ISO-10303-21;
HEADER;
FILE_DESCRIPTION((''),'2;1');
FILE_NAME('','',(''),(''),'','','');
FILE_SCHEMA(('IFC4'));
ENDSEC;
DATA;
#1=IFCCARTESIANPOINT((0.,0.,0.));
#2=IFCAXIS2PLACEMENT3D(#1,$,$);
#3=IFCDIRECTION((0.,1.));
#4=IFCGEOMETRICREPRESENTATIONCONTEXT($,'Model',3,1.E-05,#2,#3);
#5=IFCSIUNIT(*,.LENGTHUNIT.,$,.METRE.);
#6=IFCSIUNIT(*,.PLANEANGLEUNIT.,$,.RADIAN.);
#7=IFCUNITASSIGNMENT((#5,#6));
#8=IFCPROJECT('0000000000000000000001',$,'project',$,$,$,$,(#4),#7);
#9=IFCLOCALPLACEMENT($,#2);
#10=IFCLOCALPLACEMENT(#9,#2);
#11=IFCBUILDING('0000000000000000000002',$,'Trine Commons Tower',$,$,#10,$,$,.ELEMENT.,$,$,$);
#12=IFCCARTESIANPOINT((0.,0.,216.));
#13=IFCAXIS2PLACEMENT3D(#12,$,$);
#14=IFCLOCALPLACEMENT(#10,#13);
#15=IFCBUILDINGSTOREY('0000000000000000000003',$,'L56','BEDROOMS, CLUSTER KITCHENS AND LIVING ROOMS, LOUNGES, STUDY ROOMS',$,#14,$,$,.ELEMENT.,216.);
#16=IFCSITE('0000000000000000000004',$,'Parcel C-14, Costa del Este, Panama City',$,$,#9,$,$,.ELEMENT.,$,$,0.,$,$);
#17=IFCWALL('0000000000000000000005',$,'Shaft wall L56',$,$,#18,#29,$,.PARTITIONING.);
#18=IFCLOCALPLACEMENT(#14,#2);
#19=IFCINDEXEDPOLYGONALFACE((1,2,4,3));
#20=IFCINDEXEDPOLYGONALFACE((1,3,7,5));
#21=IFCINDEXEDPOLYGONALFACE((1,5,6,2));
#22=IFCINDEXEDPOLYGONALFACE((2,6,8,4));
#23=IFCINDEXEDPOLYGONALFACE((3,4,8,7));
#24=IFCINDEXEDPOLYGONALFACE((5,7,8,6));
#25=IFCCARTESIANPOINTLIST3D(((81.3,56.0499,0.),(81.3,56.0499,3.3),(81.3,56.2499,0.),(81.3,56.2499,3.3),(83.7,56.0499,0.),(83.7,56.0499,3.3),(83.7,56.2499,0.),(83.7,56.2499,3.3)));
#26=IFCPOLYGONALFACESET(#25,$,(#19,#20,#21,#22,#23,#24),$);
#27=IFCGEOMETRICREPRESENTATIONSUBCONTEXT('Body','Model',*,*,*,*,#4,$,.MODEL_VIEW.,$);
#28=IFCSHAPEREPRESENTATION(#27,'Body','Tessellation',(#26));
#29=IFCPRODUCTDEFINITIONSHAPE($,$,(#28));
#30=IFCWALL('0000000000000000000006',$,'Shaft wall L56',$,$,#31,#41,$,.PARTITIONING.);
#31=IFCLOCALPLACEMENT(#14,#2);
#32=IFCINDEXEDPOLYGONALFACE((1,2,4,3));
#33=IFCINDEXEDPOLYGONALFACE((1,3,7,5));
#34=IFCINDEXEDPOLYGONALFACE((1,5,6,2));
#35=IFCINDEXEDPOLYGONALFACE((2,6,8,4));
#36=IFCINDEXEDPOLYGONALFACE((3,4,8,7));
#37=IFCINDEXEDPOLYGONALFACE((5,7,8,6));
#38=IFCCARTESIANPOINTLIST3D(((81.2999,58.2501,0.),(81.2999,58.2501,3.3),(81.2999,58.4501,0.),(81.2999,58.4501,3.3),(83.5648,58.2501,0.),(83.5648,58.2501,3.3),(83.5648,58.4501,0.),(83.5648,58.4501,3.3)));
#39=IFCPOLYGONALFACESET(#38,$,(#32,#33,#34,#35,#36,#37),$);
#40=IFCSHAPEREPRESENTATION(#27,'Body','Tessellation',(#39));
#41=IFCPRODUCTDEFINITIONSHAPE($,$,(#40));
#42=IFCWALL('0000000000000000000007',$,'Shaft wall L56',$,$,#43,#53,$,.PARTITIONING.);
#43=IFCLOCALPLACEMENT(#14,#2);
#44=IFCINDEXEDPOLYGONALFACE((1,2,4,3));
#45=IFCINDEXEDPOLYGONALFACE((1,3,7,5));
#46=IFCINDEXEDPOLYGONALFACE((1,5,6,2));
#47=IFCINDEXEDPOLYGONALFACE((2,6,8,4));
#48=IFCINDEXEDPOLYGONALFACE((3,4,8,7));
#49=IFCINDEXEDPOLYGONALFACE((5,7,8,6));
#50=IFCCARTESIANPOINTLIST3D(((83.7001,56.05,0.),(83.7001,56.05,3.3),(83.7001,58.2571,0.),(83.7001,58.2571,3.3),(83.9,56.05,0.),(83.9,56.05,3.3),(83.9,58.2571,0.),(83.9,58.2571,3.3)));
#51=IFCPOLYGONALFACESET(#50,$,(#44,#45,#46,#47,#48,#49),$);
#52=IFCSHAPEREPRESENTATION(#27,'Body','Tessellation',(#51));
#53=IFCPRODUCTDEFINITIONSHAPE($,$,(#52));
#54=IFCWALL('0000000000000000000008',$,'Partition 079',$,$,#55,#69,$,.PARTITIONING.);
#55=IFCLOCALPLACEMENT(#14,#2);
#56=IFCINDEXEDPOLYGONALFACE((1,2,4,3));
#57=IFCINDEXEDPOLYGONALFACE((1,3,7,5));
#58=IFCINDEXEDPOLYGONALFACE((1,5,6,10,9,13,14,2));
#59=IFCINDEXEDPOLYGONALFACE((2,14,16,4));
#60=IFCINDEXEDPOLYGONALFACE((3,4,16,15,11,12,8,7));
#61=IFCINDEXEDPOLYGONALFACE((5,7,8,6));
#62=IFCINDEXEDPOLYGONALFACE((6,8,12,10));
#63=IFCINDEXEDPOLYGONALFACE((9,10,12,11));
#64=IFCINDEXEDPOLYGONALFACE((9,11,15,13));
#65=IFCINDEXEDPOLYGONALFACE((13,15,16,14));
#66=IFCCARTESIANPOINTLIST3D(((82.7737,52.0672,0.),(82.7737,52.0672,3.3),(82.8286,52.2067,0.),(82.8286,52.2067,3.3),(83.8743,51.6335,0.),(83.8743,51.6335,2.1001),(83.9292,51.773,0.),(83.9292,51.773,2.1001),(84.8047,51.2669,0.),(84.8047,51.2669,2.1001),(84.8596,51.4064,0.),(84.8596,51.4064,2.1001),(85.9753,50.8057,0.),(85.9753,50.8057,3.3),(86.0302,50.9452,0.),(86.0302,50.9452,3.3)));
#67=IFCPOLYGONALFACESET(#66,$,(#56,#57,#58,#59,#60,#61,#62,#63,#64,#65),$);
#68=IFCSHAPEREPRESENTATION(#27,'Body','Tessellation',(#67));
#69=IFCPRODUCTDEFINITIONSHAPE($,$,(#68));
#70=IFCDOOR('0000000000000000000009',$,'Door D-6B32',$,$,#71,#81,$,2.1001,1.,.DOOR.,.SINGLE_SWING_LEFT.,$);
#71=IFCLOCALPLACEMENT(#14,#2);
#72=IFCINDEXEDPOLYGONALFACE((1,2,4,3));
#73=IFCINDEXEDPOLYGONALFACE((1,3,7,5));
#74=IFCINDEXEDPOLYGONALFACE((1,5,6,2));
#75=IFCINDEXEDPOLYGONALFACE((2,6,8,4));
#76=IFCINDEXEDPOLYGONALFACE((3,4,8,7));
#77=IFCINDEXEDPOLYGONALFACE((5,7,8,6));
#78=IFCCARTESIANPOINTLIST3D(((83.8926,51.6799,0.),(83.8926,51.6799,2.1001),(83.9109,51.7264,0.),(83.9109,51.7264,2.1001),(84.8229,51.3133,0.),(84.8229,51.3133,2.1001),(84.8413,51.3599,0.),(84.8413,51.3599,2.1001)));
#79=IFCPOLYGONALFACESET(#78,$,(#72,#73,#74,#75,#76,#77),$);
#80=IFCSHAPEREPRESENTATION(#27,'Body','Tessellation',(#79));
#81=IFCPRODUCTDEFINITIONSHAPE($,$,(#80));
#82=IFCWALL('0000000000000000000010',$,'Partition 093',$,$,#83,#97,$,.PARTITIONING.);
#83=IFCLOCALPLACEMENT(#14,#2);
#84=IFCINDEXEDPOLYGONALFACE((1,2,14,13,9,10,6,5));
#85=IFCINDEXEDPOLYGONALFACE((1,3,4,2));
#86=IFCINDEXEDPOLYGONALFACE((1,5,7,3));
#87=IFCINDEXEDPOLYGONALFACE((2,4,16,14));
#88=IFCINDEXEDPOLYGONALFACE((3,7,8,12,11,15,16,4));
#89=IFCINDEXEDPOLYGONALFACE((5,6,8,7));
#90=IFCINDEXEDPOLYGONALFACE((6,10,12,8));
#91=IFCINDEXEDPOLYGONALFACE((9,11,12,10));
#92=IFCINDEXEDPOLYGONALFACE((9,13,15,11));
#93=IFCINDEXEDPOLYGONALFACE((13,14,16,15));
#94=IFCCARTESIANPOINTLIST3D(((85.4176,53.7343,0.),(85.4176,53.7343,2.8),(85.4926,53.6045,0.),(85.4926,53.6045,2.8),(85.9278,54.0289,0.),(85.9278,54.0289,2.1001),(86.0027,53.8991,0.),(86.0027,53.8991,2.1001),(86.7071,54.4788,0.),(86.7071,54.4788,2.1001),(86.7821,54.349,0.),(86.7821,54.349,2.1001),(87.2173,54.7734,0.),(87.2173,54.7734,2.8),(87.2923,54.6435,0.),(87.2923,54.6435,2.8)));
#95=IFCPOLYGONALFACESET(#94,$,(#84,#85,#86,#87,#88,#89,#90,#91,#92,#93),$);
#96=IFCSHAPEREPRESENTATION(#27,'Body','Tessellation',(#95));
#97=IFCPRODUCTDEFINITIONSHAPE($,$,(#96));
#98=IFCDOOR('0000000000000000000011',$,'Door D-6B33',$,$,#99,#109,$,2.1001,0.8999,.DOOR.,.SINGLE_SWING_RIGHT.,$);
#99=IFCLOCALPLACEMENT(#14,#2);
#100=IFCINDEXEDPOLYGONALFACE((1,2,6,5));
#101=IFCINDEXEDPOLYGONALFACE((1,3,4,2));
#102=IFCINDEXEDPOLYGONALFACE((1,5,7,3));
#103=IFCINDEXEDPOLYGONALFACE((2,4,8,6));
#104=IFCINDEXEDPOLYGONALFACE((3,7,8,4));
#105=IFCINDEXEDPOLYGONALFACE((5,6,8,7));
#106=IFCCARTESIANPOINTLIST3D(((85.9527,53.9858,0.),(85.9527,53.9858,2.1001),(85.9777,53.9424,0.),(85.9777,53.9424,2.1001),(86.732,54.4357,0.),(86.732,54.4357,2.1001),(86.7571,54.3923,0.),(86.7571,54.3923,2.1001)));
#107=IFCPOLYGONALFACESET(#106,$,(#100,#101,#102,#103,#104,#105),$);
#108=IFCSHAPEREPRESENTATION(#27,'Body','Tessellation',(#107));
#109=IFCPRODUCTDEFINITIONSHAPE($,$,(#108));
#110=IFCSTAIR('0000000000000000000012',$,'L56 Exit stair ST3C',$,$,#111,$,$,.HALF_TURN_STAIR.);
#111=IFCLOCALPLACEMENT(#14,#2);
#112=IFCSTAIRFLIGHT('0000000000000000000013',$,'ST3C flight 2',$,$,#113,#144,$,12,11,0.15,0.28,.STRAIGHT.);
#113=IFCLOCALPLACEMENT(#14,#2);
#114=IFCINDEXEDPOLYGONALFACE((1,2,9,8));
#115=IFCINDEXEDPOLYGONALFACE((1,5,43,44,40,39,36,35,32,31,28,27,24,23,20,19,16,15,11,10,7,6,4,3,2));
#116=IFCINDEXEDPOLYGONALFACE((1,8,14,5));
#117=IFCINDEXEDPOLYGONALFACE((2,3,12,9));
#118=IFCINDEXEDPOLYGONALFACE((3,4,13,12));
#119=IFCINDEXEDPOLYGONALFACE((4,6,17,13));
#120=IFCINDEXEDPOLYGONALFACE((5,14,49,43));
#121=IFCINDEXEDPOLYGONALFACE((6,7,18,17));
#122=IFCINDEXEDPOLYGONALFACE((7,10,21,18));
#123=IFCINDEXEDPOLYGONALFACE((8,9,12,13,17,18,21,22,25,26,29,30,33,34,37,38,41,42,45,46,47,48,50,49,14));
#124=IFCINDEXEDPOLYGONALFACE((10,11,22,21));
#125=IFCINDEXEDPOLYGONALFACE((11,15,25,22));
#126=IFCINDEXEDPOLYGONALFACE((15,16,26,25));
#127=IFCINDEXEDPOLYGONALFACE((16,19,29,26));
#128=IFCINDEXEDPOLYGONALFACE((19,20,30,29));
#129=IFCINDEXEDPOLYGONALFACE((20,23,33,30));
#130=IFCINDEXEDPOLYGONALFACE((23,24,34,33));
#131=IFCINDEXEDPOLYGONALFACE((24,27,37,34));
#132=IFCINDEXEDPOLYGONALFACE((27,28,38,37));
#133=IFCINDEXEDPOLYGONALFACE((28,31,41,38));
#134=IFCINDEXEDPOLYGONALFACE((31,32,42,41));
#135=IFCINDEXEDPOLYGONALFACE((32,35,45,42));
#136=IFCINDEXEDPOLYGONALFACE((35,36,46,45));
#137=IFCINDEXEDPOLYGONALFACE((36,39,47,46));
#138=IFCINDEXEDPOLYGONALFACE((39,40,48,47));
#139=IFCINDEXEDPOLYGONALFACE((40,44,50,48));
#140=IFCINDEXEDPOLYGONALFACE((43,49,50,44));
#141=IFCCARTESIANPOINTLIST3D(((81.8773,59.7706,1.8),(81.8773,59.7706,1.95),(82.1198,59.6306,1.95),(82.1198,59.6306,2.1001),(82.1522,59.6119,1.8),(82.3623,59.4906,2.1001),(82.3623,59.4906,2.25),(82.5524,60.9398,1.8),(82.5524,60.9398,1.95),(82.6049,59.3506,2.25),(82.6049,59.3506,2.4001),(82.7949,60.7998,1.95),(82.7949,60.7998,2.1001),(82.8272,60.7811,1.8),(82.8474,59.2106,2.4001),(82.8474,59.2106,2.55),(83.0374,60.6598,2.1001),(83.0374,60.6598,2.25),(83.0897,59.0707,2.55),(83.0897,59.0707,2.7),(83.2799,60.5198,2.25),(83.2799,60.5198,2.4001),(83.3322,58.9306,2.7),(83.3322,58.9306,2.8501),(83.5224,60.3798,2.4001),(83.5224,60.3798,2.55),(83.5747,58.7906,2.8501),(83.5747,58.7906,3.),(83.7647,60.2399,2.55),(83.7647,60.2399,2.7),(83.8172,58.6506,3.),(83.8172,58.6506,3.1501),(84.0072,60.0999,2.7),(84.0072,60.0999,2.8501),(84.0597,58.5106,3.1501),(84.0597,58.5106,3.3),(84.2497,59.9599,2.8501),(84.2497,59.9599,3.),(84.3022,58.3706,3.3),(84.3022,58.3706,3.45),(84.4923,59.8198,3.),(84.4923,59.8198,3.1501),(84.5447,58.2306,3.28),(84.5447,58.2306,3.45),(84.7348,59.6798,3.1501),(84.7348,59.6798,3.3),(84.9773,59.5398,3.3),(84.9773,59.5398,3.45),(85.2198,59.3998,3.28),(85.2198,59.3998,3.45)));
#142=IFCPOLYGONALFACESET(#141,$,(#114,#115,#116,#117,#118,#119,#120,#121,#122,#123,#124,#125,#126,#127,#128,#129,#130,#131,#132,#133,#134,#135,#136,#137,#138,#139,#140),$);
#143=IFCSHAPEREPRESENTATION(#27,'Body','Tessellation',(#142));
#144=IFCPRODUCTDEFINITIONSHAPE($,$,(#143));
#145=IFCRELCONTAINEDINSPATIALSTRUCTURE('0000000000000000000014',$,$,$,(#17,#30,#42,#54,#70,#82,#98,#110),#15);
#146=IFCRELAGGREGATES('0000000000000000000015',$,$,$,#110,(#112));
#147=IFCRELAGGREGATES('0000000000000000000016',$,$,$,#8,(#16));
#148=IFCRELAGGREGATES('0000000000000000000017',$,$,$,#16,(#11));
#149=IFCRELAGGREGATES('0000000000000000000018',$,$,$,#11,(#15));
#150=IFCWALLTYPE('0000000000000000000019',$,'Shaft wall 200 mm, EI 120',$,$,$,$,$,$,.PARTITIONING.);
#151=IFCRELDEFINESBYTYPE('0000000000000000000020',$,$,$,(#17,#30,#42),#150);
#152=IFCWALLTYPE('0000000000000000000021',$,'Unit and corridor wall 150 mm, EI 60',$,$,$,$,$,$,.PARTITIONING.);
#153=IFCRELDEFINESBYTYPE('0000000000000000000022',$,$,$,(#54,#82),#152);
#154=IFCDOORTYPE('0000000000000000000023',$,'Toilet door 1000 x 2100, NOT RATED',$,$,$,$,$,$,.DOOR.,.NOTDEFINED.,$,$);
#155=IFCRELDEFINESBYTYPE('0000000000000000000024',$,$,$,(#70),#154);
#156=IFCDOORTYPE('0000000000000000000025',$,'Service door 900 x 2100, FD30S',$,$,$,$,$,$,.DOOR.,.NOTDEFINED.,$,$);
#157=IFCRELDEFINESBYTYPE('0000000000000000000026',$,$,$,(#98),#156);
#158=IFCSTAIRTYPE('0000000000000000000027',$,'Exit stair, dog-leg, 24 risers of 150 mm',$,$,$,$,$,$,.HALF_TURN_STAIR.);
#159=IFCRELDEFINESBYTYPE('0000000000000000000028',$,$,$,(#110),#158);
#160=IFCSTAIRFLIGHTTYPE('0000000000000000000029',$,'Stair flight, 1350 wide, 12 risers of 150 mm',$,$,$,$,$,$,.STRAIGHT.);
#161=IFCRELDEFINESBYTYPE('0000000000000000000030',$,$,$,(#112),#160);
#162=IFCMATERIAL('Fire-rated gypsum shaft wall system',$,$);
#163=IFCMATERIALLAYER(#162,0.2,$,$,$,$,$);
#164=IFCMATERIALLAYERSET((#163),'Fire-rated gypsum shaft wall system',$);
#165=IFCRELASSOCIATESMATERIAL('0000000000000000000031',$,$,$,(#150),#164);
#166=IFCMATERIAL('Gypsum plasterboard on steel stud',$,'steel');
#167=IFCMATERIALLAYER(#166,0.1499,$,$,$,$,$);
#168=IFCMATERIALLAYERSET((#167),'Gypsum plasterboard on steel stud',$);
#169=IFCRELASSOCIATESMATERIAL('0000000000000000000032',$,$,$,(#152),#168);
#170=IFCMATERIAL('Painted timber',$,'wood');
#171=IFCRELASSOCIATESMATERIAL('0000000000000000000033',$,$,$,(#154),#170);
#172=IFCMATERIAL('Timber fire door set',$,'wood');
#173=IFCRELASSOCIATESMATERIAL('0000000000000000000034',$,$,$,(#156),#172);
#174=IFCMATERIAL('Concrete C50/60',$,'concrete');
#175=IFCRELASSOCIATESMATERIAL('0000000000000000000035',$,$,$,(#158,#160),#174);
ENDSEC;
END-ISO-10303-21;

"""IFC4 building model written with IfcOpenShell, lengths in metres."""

from ifc_helpers import new_model, si_unit, direction, frame, frame_2d, origin, place, context, subcontext, project, spatial, polyline, rectangle, outline, extrude, material, layer, layer_set, type_object, element, fill, aggregate, save


model = new_model("IFC4")

# Units and contexts
model_context = context("Model", 3, precision=1e-05, world=origin(), true_north=direction((0.0, 1.0)))
body_context = subcontext(model_context, "Body", "Model", "MODEL_VIEW")
ifc_project = project(units=[si_unit("LENGTHUNIT", "METRE"), si_unit("PLANEANGLEUNIT", "RADIAN")], contexts=[model_context])

# Site, building, storey
site_placement = place(None, origin())
site = spatial("IfcSite", under=ifc_project, at=site_placement, Name="Parcel C-14, Costa del Este, Panama City", CompositionType="ELEMENT", RefElevation=0.0)
building_placement = place(site_placement, origin())
building = spatial("IfcBuilding", under=site, at=building_placement, Name="Trine Commons Tower", CompositionType="ELEMENT")
storey_placement = place(building_placement, frame((0.0, 0.0, 216.0)))
storey = spatial("IfcBuildingStorey", under=building, at=storey_placement, Name="L56", Description="BEDROOMS, CLUSTER KITCHENS AND LIVING ROOMS, LOUNGES, STUDY ROOMS", CompositionType="ELEMENT", Elevation=216.0)

# Walls
ifc_material_1 = material(Name="Fire-rated gypsum shaft wall system")
ifc_layer_1 = layer(ifc_material_1, 0.2)
ifc_layer_set_1 = layer_set([ifc_layer_1], Name="Fire-rated gypsum shaft wall system")
wall_type_1 = type_object("IfcWallType", Name="Shaft wall 200 mm, EI 120", PredefinedType="PARTITIONING", material=ifc_layer_set_1)
wall_1_placement = place(storey_placement, frame((81.3, 56.1499, 0.0), z_axis=(0.0, 0.0, 1.0), x_axis=(1.0, 0.0, 0.0)))
element("IfcWall", 1, at=wall_1_placement, inside=storey, type_object=wall_type_1, Name="Shaft wall L56", PredefinedType="PARTITIONING", context=body_context, shape_type="SweptSolid", body=[
    extrude(rectangle(XDim=2.3999, YDim=0.2, at=frame_2d((1.2, 0.0))), origin(), (0.0, 0.0, 1.0), 3.3),
])
wall_2_placement = place(storey_placement, frame((81.3, 58.3501, 0.0), z_axis=(0.0, 0.0, 1.0), x_axis=(1.0, 0.0, 0.0)))
element("IfcWall", 2, at=wall_2_placement, inside=storey, type_object=wall_type_1, Name="Shaft wall L56", PredefinedType="PARTITIONING", context=body_context, shape_type="SweptSolid", body=[
    extrude(rectangle(XDim=2.2649, YDim=0.2, at=frame_2d((1.1323, 0.0))), origin(), (0.0, 0.0, 1.0), 3.3),
])
wall_3_placement = place(storey_placement, frame((83.8, 58.2571, 0.0), z_axis=(0.0, 0.0, 1.0), x_axis=(0.0, -1.0, 0.0)))
element("IfcWall", 3, at=wall_3_placement, inside=storey, type_object=wall_type_1, Name="Shaft wall L56", PredefinedType="PARTITIONING", context=body_context, shape_type="SweptSolid", body=[
    extrude(rectangle(XDim=2.207, YDim=0.2, at=frame_2d((1.1035, 0.0))), origin(), (0.0, 0.0, 1.0), 3.3),
])

# Walls, openings, doors
ifc_material_2 = material(Name="Gypsum plasterboard on steel stud", Category="steel")
ifc_layer_2 = layer(ifc_material_2, 0.1499)
ifc_layer_set_2 = layer_set([ifc_layer_2], Name="Gypsum plasterboard on steel stud")
wall_type_2 = type_object("IfcWallType", Name="Unit and corridor wall 150 mm, EI 60", PredefinedType="PARTITIONING", material=ifc_layer_set_2)
wall_4_placement = place(storey_placement, frame((82.801, 52.137, 0.0), z_axis=(0.0, 0.0, 1.0), x_axis=(0.930387, -0.366578, 0.0)))
wall_4 = element("IfcWall", 4, at=wall_4_placement, inside=storey, type_object=wall_type_2, Name="Partition 079", PredefinedType="PARTITIONING", context=body_context, shape_type="SweptSolid", body=[
    extrude(rectangle(XDim=3.4412, YDim=0.1499, at=frame_2d((1.7207, 0.0))), origin(), (0.0, 0.0, 1.0), 3.3),
])
opening_1_placement = place(wall_4_placement, frame((1.1831, 0.0, 0.0)))
opening_1 = element("IfcOpeningElement", 5, at=opening_1_placement, cuts=wall_4, PredefinedType="OPENING", context=body_context, shape_type="SweptSolid", body=[
    extrude(rectangle(XDim=1.0, YDim=2.1001, at=frame_2d((0.5, 1.05))), frame((0.0, 0.085, 0.0), z_axis=(0.0, -1.0, 0.0), x_axis=(1.0, 0.0, 0.0)), (0.0, 0.0, 1.0), 0.1699),
])
ifc_material_3 = material(Name="Painted timber", Category="wood")
door_type_1 = type_object("IfcDoorType", Name="Toilet door 1000 x 2100, NOT RATED", OperationType="NOTDEFINED", PredefinedType="DOOR", material=ifc_material_3)
door_1_placement = place(opening_1_placement, origin())
door_1 = element("IfcDoor", 6, at=door_1_placement, inside=storey, type_object=door_type_1, Name="Door D-6B32", OperationType="SINGLE_SWING_LEFT", OverallHeight=2.1001, OverallWidth=1.0, PredefinedType="DOOR", context=body_context, shape_type="SweptSolid", body=[
    extrude(rectangle(XDim=1.0, YDim=2.1001, at=frame_2d((0.5, 1.05))), frame((0.0, 0.0249, 0.0), z_axis=(0.0, -1.0, 0.0), x_axis=(1.0, 0.0, 0.0)), (0.0, 0.0, 1.0), 0.05),
])
fill(opening_1, door_1)
wall_5_placement = place(storey_placement, frame((85.4551, 53.6694, 0.0), z_axis=(0.0, 0.0, 1.0), x_axis=(0.866037, 0.49998, 0.0)))
wall_5 = element("IfcWall", 7, at=wall_5_placement, inside=storey, type_object=wall_type_2, Name="Partition 093", PredefinedType="PARTITIONING", context=body_context, shape_type="SweptSolid", body=[
    extrude(rectangle(XDim=2.0781, YDim=0.1499, at=frame_2d((1.0391, 0.0))), origin(), (0.0, 0.0, 1.0), 2.8),
])
opening_2_placement = place(wall_5_placement, frame((0.5891, 0.0, 0.0)))
opening_2 = element("IfcOpeningElement", 8, at=opening_2_placement, cuts=wall_5, PredefinedType="OPENING", context=body_context, shape_type="SweptSolid", body=[
    extrude(rectangle(XDim=0.8999, YDim=2.1001, at=frame_2d((0.45, 1.05))), frame((0.0, 0.085, 0.0), z_axis=(0.0, -1.0, 0.0), x_axis=(1.0, 0.0, 0.0)), (0.0, 0.0, 1.0), 0.1699),
])
ifc_material_4 = material(Name="Timber fire door set", Category="wood")
door_type_2 = type_object("IfcDoorType", Name="Service door 900 x 2100, FD30S", OperationType="NOTDEFINED", PredefinedType="DOOR", material=ifc_material_4)
door_2_placement = place(opening_2_placement, frame((0.8999, 0.0, 0.0), z_axis=(0.0, 0.0, 1.0), x_axis=(-1.0, 0.0, 0.0)))
door_2 = element("IfcDoor", 9, at=door_2_placement, inside=storey, type_object=door_type_2, Name="Door D-6B33", OperationType="SINGLE_SWING_RIGHT", OverallHeight=2.1001, OverallWidth=0.8999, PredefinedType="DOOR", context=body_context, shape_type="SweptSolid", body=[
    extrude(rectangle(XDim=0.8999, YDim=2.1001, at=frame_2d((0.45, 1.05))), frame((0.0, 0.0249, 0.0), z_axis=(0.0, -1.0, 0.0), x_axis=(1.0, 0.0, 0.0)), (0.0, 0.0, 1.0), 0.05),
])
fill(opening_2, door_2)

# Stair, stair flight
ifc_material_5 = material(Name="Concrete C50/60", Category="concrete")
stair_type = type_object("IfcStairType", Name="Exit stair, dog-leg, 24 risers of 150 mm", PredefinedType="HALF_TURN_STAIR", material=ifc_material_5)
stair_placement = place(storey_placement, origin())
stair = element("IfcStair", 10, at=stair_placement, inside=storey, type_object=stair_type, Name="L56 Exit stair ST3C", PredefinedType="HALF_TURN_STAIR")
stair_flight_type = type_object("IfcStairFlightType", Name="Stair flight, 1350 wide, 12 risers of 150 mm", PredefinedType="STRAIGHT", material=ifc_material_5)
stair_flight_placement = place(storey_placement, frame((82.2148, 60.3552, 1.8), z_axis=(0.0, 0.0, 1.0), x_axis=(0.866025, -0.5, 0.0)))
stair_flight = element("IfcStairFlight", 11, at=stair_flight_placement, type_object=stair_flight_type, Name="ST3C flight 2", NumberOfRisers=12, NumberOfTreads=11, PredefinedType="STRAIGHT", RiserHeight=0.15, TreadLength=0.28, context=body_context, shape_type="SweptSolid", body=[
    extrude(outline(polyline([(0.0, 0.0), (0.0, 0.1499), (0.28, 0.1499), (0.28, 0.3), (0.5601, 0.3), (0.5601, 0.45), (0.8401, 0.45), (0.8401, 0.6001), (1.1201, 0.6001), (1.1201, 0.75), (1.3999, 0.75), (1.3999, 0.8999), (1.6799, 0.8999), (1.6799, 1.05), (1.96, 1.05), (1.96, 1.2), (2.24, 1.2), (2.24, 1.3501), (2.52, 1.3501), (2.52, 1.5), (2.8, 1.5), (2.8, 1.6499), (3.0801, 1.6499), (3.0801, 1.8), (3.0801, 1.48), (0.3174, 0.0), (0.0, 0.0)])), frame((0.0, 0.675, 0.0), z_axis=(0.0, -1.0, 0.0), x_axis=(1.0, 0.0, 0.0)), (0.0, 0.0, 1.0), 1.3501),
])
aggregate(stair, [stair_flight])

save(model, "model.ifc")
